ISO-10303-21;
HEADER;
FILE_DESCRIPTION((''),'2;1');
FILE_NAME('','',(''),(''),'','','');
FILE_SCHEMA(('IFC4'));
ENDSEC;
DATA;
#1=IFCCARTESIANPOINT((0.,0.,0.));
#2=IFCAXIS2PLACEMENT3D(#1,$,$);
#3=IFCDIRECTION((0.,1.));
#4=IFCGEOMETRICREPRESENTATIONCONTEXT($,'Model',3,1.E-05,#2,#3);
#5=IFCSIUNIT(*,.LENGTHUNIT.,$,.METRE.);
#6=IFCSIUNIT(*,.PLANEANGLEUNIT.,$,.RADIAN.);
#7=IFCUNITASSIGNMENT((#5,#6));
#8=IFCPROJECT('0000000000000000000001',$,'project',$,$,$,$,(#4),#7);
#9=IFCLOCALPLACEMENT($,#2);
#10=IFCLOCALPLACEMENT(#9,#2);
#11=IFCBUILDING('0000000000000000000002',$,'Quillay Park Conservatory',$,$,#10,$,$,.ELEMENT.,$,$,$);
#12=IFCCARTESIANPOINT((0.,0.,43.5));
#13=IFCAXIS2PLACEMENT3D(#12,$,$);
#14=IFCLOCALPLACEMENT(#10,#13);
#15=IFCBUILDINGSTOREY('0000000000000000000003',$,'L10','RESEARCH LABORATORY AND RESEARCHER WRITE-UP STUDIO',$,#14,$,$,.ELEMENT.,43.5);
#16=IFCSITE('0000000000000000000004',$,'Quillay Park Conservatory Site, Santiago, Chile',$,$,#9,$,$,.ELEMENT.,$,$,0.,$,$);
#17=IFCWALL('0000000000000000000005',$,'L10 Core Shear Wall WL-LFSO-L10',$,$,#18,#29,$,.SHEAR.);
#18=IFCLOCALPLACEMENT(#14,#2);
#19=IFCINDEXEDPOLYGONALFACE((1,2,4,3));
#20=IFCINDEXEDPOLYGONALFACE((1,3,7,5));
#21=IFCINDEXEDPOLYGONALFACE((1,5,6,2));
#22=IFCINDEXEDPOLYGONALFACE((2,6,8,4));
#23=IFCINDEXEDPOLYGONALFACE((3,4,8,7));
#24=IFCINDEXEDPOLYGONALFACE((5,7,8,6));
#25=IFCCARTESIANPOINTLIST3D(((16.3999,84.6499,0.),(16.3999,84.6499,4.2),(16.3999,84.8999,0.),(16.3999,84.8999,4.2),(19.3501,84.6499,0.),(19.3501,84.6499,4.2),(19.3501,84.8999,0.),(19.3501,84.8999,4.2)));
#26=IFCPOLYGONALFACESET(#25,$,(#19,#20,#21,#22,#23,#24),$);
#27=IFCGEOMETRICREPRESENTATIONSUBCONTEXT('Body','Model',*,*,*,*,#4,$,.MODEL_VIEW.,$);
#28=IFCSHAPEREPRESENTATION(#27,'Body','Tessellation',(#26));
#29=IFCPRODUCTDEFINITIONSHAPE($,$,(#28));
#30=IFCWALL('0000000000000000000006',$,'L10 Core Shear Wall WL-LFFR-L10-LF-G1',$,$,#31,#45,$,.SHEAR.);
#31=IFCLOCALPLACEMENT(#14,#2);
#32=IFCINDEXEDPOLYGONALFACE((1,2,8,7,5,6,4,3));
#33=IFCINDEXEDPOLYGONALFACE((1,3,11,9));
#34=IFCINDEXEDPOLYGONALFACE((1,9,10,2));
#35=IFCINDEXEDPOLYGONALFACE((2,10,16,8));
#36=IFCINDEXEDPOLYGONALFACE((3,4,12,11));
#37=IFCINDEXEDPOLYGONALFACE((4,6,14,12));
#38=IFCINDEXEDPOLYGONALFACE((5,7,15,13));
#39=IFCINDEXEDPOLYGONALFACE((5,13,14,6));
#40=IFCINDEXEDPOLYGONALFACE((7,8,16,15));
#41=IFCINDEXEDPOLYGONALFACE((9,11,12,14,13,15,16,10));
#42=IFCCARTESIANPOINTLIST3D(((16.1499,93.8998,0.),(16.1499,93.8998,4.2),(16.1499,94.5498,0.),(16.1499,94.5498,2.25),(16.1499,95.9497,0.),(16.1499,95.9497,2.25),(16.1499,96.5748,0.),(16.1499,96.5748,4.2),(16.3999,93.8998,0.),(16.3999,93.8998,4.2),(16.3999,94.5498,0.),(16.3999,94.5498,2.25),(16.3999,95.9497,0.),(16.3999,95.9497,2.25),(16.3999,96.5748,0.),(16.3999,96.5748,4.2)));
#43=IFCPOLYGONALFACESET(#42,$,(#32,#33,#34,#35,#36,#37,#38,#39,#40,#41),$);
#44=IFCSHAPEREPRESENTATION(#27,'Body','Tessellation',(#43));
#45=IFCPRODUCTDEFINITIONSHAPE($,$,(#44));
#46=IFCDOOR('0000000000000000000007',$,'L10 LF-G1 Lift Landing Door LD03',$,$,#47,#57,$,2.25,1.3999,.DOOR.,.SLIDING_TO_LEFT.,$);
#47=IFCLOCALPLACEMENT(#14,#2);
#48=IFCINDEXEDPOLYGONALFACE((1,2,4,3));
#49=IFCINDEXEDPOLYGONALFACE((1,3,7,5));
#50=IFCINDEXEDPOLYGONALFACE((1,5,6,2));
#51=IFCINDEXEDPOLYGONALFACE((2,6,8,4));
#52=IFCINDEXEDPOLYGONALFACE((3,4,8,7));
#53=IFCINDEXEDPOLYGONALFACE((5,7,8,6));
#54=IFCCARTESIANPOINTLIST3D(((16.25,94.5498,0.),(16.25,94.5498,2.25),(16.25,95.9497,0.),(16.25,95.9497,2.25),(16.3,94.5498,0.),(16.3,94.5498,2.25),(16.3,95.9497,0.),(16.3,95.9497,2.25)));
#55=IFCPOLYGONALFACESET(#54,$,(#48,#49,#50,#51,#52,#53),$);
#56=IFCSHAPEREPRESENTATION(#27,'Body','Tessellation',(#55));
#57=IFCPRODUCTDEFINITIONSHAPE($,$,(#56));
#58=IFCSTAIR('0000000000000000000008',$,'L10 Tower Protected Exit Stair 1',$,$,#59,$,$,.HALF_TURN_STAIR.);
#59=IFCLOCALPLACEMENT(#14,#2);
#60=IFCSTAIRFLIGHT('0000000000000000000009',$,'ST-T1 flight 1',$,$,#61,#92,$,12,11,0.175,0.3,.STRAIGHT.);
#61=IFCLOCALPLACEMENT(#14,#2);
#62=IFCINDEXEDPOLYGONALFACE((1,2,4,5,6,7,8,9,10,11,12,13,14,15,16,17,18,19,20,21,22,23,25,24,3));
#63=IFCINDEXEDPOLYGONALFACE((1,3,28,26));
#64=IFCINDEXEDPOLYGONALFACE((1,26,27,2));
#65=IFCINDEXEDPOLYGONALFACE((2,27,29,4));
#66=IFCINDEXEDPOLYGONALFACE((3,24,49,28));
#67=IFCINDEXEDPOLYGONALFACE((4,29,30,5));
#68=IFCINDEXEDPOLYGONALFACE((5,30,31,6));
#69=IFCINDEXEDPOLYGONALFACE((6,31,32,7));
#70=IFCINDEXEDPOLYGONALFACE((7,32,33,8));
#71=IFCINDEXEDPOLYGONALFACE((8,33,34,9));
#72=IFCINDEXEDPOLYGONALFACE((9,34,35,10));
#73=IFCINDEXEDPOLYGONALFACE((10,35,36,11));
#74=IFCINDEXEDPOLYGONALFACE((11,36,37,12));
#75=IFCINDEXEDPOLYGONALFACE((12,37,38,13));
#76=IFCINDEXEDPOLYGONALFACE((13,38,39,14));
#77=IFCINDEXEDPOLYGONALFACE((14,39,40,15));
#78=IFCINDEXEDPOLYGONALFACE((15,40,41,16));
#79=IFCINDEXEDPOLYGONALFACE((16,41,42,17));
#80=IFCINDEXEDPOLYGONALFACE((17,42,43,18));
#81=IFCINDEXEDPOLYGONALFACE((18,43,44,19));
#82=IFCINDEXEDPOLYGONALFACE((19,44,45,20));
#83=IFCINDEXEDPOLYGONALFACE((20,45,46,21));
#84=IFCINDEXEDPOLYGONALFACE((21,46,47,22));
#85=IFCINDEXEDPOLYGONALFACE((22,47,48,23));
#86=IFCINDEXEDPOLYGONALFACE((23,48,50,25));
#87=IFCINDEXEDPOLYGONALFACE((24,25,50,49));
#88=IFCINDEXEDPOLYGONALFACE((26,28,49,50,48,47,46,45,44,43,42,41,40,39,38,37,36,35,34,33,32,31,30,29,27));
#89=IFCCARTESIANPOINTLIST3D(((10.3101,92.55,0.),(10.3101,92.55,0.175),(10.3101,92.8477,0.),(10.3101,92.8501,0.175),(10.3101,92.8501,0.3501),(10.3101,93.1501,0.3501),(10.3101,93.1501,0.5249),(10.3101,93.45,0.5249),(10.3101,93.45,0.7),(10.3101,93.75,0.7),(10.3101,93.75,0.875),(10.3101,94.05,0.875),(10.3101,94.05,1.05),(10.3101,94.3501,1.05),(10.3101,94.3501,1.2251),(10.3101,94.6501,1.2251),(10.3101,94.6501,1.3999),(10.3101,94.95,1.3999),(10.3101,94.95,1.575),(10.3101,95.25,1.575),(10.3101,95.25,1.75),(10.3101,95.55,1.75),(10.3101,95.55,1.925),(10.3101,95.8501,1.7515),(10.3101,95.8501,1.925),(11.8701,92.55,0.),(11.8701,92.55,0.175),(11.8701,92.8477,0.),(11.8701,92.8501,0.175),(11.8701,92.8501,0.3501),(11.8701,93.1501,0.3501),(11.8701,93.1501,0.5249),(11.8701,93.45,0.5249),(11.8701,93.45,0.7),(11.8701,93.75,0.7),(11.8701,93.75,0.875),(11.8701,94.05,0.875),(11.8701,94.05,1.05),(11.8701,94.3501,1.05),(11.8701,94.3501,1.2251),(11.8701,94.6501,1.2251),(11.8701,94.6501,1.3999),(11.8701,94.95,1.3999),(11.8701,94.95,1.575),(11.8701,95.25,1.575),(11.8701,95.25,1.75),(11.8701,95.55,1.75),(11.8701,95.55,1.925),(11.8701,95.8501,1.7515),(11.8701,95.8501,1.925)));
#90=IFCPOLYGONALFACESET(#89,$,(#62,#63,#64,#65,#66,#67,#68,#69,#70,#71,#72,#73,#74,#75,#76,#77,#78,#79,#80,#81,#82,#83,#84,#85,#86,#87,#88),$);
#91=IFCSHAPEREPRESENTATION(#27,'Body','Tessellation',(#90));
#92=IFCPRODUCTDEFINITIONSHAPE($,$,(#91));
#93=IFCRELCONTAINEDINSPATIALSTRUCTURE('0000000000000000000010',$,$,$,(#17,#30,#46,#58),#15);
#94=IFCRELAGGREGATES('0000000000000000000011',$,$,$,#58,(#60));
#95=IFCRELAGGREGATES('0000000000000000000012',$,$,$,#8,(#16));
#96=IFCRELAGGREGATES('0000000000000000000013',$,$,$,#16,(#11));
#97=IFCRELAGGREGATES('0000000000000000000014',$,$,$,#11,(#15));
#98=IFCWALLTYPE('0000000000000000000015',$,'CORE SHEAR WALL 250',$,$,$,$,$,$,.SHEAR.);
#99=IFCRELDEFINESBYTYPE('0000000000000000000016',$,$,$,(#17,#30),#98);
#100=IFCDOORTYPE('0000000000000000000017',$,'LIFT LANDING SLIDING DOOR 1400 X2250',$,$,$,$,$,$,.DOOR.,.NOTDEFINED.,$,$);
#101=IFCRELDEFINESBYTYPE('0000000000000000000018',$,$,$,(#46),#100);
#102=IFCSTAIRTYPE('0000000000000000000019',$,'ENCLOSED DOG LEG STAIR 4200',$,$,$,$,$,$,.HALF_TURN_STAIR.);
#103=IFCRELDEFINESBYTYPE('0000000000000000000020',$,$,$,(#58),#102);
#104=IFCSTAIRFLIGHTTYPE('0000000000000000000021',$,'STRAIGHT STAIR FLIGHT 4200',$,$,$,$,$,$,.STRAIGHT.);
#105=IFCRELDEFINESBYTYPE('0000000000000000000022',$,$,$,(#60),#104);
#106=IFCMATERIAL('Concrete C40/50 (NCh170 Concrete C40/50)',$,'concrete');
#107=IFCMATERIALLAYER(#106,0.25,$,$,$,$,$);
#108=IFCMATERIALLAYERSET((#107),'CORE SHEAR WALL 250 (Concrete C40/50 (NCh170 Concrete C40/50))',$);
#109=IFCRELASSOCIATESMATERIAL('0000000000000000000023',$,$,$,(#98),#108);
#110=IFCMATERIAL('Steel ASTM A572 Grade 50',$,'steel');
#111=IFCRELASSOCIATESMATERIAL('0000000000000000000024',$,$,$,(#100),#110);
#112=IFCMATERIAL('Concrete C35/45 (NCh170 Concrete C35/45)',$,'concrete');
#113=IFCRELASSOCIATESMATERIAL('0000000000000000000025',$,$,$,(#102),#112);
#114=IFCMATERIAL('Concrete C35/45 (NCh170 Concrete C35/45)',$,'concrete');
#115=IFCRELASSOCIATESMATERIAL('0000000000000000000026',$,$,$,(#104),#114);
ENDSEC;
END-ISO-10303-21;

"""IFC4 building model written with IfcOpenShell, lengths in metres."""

from ifc_helpers import new_model, si_unit, direction, frame, frame_2d, origin, place, context, subcontext, project, spatial, polyline, rectangle, outline, extrude, material, layer, layer_set, type_object, element, fill, aggregate, save


model = new_model("IFC4")

# Units and contexts
model_context = context("Model", 3, precision=1e-05, world=origin(), true_north=direction((0.0, 1.0)))
body_context = subcontext(model_context, "Body", "Model", "MODEL_VIEW")
ifc_project = project(units=[si_unit("LENGTHUNIT", "METRE"), si_unit("PLANEANGLEUNIT", "RADIAN")], contexts=[model_context])

# Site, building, storey
site_placement = place(None, origin())
site = spatial("IfcSite", under=ifc_project, at=site_placement, Name="Quillay Park Conservatory Site, Santiago, Chile", CompositionType="ELEMENT", RefElevation=0.0)
building_placement = place(site_placement, origin())
building = spatial("IfcBuilding", under=site, at=building_placement, Name="Quillay Park Conservatory", CompositionType="ELEMENT")
storey_placement = place(building_placement, frame((0.0, 0.0, 43.5)))
storey = spatial("IfcBuildingStorey", under=building, at=storey_placement, Name="L10", Description="RESEARCH LABORATORY AND RESEARCHER WRITE-UP STUDIO", CompositionType="ELEMENT", Elevation=43.5)

# Shared definitions
ifc_material_1 = material(Name="Concrete C40/50 (NCh170 Concrete C40/50)", Category="concrete")
ifc_layer_1 = layer(ifc_material_1, 0.25)
ifc_layer_set_1 = layer_set([ifc_layer_1], Name="CORE SHEAR WALL 250 (Concrete C40/50 (NCh170 Concrete C40/50))")
wall_type_1 = type_object("IfcWallType", Name="CORE SHEAR WALL 250", PredefinedType="SHEAR", material=ifc_layer_set_1)

# Wall
wall_1_placement = place(storey_placement, frame((16.3999, 84.7749, 0.0), z_axis=(0.0, 0.0, 1.0), x_axis=(1.0, 0.0, 0.0)))
element("IfcWall", 1, at=wall_1_placement, inside=storey, type_object=wall_type_1, Name="L10 Core Shear Wall WL-LFSO-L10", PredefinedType="SHEAR", context=body_context, shape_type="SweptSolid", body=[
    extrude(rectangle(XDim=2.9502, YDim=0.25, at=frame_2d((1.4751, 0.0))), origin(), (0.0, 0.0, 1.0), 4.2),
])

# Wall, opening, door
wall_2_placement = place(storey_placement, frame((16.2749, 93.8999, 0.0), z_axis=(0.0, 0.0, 1.0), x_axis=(0.0, 1.0, 0.0)))
wall_2 = element("IfcWall", 2, at=wall_2_placement, inside=storey, type_object=wall_type_1, Name="L10 Core Shear Wall WL-LFFR-L10-LF-G1", PredefinedType="SHEAR", context=body_context, shape_type="SweptSolid", body=[
    extrude(rectangle(XDim=2.675, YDim=0.25, at=frame_2d((1.3374, 0.0))), origin(), (0.0, 0.0, 1.0), 4.2),
])
opening_1_placement = place(wall_2_placement, frame((0.6499, 0.0, 0.0)))
opening_1 = element("IfcOpeningElement", 3, at=opening_1_placement, cuts=wall_2, PredefinedType="OPENING", context=body_context, shape_type="SweptSolid", body=[
    extrude(rectangle(XDim=1.3999, YDim=2.25, at=frame_2d((0.7, 1.125))), frame((0.0, 0.125, 0.0), z_axis=(0.0, -1.0, 0.0), x_axis=(1.0, 0.0, 0.0)), (0.0, 0.0, 1.0), 0.25),
])
ifc_material_2 = material(Name="Steel ASTM A572 Grade 50", Category="steel")
door_type_1 = type_object("IfcDoorType", Name="LIFT LANDING SLIDING DOOR 1400 X2250", OperationType="NOTDEFINED", PredefinedType="DOOR", material=ifc_material_2)
door_1_placement = place(opening_1_placement, origin())
door_1 = element("IfcDoor", 4, at=door_1_placement, inside=storey, type_object=door_type_1, Name="L10 LF-G1 Lift Landing Door LD03", OperationType="SLIDING_TO_LEFT", OverallHeight=2.25, OverallWidth=1.3999, PredefinedType="DOOR", context=body_context, shape_type="SweptSolid", body=[
    extrude(rectangle(XDim=1.3999, YDim=2.25, at=frame_2d((0.7, 1.125))), frame((0.0, 0.0249, 0.0), z_axis=(0.0, -1.0, 0.0), x_axis=(1.0, 0.0, 0.0)), (0.0, 0.0, 1.0), 0.05),
])
fill(opening_1, door_1)

# Stair, stair flight
ifc_material_3 = material(Name="Concrete C35/45 (NCh170 Concrete C35/45)", Category="concrete")
stair_type = type_object("IfcStairType", Name="ENCLOSED DOG LEG STAIR 4200", PredefinedType="HALF_TURN_STAIR", material=ifc_material_3)
stair_placement = place(storey_placement, origin())
stair = element("IfcStair", 5, at=stair_placement, inside=storey, type_object=stair_type, Name="L10 Tower Protected Exit Stair 1", PredefinedType="HALF_TURN_STAIR")
ifc_material_4 = material(Name="Concrete C35/45 (NCh170 Concrete C35/45)", Category="concrete")
stair_flight_type = type_object("IfcStairFlightType", Name="STRAIGHT STAIR FLIGHT 4200", PredefinedType="STRAIGHT", material=ifc_material_4)
stair_flight_placement = place(storey_placement, frame((11.0901, 92.55, 0.0), z_axis=(0.0, 0.0, 1.0), x_axis=(0.0, 1.0, 0.0)))
stair_flight = element("IfcStairFlight", 6, at=stair_flight_placement, type_object=stair_flight_type, Name="ST-T1 flight 1", NumberOfRisers=12, NumberOfTreads=11, PredefinedType="STRAIGHT", RiserHeight=0.175, TreadLength=0.3, context=body_context, shape_type="SweptSolid", body=[
    extrude(outline(polyline([(0.0, 0.0), (0.0, 0.175), (0.3, 0.175), (0.3, 0.3501), (0.6001, 0.3501), (0.6001, 0.5249), (0.8999, 0.5249), (0.8999, 0.7), (1.2, 0.7), (1.2, 0.875), (1.5, 0.875), (1.5, 1.05), (1.8, 1.05), (1.8, 1.2251), (2.1001, 1.2251), (2.1001, 1.3999), (2.3999, 1.3999), (2.3999, 1.575), (2.7, 1.575), (2.7, 1.75), (3.0, 1.75), (3.0, 1.925), (3.3, 1.925), (3.3, 2.1001), (3.3, 1.7515), (0.2976, 0.0), (0.0, 0.0)])), frame((0.0, 0.78, 0.0), z_axis=(0.0, -1.0, 0.0), x_axis=(1.0, 0.0, 0.0)), (0.0, 0.0, 1.0), 1.5601),
])
aggregate(stair, [stair_flight])

save(model, "model.ifc")
